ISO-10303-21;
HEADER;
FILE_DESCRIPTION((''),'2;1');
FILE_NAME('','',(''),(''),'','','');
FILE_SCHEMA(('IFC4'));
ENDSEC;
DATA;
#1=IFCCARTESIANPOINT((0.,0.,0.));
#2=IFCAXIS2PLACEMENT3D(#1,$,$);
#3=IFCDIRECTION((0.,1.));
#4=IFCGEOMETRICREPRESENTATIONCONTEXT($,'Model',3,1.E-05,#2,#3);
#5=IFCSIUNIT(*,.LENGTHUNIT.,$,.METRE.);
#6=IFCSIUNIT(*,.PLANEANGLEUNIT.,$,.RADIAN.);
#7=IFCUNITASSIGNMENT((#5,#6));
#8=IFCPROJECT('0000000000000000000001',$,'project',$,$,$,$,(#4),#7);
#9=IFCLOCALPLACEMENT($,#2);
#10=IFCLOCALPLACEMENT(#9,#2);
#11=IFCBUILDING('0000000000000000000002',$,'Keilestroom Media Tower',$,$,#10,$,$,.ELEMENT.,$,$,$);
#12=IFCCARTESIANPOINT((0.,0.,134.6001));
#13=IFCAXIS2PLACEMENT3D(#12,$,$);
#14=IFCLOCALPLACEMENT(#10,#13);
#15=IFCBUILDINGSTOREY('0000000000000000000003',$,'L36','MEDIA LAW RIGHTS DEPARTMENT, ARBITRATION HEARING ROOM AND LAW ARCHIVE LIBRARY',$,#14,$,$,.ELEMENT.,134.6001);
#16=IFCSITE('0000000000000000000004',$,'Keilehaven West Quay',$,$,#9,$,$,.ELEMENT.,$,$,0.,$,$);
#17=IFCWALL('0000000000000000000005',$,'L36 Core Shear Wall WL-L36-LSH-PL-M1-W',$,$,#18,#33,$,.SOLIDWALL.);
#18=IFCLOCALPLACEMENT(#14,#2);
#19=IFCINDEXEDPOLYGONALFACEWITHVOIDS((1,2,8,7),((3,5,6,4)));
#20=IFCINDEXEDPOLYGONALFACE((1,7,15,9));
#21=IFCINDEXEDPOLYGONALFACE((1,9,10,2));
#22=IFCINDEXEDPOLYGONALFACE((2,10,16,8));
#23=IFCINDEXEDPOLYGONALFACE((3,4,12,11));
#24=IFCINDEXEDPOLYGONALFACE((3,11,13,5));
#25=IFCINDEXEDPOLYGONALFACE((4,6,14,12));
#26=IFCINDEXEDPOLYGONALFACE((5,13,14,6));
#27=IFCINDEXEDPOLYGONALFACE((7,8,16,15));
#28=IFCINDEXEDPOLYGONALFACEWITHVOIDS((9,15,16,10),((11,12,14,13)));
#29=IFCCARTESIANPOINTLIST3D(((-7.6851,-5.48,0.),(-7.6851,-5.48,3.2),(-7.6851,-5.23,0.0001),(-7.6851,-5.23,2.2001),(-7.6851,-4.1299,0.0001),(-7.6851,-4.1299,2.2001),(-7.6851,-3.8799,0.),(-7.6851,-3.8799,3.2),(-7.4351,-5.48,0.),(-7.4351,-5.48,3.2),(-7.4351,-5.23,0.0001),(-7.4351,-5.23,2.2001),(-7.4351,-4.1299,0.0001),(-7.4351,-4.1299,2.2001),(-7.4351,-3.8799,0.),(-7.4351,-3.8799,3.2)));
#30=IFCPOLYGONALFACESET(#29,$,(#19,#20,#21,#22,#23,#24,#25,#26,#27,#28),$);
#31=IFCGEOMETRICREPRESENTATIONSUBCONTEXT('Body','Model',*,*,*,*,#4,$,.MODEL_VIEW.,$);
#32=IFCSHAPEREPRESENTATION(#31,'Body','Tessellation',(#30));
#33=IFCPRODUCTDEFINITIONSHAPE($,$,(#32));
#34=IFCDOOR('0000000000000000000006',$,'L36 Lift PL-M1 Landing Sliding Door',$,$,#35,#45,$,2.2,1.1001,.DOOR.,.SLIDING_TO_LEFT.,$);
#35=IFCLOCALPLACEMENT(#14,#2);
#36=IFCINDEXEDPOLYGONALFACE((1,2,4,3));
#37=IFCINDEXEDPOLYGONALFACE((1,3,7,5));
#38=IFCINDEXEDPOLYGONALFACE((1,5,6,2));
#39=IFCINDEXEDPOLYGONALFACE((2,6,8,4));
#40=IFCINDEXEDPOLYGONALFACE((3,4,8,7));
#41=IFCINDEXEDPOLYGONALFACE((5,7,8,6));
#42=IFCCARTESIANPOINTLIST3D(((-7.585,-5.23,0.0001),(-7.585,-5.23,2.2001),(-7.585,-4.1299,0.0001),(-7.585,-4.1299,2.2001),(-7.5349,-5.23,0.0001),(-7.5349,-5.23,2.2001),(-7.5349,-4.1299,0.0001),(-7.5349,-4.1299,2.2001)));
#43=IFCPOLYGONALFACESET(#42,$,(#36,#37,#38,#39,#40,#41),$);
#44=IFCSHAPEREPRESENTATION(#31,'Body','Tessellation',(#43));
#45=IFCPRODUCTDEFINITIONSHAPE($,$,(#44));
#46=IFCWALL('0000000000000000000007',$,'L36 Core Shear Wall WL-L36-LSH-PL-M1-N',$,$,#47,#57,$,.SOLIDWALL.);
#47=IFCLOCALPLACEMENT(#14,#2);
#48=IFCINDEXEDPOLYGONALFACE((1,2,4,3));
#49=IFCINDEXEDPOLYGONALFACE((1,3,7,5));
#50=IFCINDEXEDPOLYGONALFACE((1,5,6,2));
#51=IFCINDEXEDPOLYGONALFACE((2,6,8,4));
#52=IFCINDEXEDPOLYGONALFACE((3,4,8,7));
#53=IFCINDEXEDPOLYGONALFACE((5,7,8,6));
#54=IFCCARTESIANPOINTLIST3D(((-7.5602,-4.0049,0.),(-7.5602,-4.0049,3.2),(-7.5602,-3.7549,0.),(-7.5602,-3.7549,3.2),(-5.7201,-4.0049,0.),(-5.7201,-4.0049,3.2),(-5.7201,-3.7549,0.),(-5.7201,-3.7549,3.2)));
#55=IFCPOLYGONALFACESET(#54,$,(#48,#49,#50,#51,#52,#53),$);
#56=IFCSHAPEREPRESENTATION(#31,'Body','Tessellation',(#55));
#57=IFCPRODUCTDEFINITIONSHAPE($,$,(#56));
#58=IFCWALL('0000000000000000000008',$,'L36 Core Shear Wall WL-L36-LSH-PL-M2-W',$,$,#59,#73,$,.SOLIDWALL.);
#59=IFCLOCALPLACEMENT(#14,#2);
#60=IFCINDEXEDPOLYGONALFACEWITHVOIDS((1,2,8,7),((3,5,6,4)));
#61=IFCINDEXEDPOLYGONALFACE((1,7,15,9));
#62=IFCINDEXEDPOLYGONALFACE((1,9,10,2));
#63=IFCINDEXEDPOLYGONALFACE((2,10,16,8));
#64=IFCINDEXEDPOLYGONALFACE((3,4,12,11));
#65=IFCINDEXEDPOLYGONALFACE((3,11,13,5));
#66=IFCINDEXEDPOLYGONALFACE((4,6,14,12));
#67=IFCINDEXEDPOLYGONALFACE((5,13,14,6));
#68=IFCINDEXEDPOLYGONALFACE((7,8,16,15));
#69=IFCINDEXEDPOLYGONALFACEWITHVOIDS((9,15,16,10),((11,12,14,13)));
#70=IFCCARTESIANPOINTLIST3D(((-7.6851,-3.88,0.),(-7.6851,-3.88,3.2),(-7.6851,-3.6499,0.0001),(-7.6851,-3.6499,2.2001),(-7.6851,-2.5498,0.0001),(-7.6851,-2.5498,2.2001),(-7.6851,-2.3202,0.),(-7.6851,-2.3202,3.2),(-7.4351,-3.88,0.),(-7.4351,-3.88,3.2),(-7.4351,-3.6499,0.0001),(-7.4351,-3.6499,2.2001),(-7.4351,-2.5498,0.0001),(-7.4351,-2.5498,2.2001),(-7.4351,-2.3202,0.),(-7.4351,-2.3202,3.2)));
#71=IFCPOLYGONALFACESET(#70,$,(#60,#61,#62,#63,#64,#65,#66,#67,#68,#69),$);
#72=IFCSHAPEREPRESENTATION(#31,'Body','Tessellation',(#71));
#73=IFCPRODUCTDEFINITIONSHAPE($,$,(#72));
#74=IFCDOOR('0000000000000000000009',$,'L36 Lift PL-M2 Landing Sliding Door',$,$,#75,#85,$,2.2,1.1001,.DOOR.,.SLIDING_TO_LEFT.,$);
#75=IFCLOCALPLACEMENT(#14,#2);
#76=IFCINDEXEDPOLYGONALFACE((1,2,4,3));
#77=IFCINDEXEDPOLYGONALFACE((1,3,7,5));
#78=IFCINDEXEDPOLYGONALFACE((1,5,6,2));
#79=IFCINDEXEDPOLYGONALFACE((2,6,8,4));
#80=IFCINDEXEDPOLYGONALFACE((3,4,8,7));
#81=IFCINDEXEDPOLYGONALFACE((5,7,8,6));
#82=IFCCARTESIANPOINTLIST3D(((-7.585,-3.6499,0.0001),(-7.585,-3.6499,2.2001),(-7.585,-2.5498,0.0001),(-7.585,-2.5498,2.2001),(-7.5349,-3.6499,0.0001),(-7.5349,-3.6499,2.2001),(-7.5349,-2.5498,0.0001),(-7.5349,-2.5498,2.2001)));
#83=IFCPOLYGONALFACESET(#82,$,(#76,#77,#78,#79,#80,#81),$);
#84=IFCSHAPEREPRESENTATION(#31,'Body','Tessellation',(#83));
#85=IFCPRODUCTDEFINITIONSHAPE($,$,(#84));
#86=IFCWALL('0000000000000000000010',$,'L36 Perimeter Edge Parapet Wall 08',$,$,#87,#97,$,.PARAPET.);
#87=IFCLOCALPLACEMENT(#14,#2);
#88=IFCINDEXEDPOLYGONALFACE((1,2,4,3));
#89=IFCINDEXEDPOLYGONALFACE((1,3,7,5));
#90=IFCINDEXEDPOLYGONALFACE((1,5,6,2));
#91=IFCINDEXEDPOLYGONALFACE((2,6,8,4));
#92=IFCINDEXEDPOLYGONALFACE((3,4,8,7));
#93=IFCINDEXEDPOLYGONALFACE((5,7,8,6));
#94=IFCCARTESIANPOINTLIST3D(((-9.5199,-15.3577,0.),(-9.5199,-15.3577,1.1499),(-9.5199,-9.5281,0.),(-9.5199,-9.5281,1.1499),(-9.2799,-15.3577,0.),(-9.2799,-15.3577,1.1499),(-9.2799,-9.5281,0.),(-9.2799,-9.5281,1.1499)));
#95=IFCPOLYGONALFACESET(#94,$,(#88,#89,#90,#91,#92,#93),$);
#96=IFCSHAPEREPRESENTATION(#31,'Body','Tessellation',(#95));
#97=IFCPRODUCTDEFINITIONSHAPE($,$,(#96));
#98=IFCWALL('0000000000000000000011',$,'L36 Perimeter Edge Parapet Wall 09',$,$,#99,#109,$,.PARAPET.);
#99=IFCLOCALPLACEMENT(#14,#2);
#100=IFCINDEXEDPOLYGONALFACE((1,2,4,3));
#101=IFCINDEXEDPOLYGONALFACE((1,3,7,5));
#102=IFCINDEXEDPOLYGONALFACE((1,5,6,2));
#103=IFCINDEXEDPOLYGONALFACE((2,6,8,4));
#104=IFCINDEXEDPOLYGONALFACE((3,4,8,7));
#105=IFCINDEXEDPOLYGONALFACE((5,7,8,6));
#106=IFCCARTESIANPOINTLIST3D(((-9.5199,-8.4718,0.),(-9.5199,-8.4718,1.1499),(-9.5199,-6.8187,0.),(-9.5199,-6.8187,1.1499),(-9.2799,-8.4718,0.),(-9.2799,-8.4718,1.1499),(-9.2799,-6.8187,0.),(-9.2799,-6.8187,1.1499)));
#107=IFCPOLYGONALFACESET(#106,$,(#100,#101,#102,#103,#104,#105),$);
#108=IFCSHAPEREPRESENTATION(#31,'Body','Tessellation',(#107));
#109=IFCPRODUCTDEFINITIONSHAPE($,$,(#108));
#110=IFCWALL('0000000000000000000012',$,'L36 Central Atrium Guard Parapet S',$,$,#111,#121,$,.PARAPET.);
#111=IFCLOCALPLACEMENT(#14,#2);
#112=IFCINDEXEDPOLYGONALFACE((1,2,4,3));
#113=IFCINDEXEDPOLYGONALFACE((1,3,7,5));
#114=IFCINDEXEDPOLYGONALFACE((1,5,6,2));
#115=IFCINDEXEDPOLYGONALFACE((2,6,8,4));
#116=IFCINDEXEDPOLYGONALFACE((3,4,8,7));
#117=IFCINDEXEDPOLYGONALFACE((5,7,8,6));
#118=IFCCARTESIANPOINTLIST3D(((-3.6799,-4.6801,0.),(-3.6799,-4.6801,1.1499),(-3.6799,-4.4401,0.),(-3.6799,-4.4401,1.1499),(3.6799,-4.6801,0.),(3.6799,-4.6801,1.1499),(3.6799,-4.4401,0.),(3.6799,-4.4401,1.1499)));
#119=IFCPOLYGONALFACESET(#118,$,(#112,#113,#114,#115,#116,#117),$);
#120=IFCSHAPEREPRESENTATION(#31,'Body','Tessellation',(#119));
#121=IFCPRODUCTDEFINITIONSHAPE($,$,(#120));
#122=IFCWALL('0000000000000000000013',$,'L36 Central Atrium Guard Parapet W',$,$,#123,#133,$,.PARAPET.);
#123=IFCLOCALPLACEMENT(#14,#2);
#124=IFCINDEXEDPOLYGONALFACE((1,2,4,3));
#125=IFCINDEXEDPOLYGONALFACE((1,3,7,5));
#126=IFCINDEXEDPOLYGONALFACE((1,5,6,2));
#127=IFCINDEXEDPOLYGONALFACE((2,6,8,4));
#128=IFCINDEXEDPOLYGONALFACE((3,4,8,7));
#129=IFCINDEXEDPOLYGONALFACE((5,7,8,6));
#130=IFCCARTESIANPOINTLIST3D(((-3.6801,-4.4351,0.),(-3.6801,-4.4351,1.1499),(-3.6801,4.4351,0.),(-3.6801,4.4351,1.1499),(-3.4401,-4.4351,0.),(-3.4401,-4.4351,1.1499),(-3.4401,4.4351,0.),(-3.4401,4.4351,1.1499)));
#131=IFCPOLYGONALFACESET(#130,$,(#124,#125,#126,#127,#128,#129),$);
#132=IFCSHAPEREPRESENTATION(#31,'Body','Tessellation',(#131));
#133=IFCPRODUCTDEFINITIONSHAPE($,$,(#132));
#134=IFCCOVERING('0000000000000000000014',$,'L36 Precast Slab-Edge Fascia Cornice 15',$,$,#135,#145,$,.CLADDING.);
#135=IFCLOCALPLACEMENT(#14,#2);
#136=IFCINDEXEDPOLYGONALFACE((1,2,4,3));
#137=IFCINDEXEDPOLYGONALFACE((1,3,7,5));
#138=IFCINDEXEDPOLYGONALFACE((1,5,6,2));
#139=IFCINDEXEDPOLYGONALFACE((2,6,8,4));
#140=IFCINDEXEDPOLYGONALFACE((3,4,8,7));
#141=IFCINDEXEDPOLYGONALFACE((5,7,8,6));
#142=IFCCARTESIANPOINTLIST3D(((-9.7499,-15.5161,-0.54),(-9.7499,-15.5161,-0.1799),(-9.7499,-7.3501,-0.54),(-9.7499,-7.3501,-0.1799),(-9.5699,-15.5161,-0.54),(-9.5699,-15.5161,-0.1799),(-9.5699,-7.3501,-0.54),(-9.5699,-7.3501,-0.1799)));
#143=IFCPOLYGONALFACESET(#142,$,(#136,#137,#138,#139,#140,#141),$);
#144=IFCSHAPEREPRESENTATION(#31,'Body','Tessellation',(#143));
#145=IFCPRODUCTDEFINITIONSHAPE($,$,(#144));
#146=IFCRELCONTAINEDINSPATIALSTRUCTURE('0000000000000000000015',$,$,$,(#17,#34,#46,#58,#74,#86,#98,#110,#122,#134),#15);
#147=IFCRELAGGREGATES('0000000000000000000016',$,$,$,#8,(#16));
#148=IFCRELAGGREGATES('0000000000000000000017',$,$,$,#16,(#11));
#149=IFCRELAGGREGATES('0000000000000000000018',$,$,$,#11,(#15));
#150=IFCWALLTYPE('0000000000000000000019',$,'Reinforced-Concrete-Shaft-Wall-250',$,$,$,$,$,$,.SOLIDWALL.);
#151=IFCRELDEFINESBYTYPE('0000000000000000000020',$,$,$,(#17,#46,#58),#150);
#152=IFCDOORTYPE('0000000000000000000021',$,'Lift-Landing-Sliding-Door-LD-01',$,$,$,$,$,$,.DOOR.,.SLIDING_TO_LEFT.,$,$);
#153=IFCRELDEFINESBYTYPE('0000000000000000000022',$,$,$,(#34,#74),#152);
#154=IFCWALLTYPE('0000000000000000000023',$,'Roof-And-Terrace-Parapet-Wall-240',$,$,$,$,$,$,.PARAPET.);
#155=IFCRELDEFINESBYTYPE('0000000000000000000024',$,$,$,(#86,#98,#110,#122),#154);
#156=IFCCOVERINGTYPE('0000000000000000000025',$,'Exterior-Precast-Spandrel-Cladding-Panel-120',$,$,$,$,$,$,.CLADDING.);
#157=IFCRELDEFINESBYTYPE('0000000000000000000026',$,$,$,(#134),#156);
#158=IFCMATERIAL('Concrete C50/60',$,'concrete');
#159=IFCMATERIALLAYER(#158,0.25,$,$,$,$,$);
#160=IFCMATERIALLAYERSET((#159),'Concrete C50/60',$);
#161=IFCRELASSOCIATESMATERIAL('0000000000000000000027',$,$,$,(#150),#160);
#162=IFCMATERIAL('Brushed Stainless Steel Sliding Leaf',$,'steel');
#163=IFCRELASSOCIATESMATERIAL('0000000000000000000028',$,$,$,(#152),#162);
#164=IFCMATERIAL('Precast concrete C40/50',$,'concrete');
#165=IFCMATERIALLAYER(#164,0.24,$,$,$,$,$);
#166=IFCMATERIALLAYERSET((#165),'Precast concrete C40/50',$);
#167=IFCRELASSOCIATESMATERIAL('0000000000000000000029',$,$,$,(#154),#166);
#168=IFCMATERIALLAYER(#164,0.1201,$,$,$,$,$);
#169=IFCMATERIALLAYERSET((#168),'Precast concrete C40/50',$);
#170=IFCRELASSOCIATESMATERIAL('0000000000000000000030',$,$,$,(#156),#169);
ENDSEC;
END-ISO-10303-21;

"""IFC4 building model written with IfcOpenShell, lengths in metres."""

from ifc_helpers import new_model, si_unit, direction, frame, frame_2d, origin, origin_2d, place, context, subcontext, project, spatial, rectangle, extrude, source, transform, mapped, material, layer, layer_set, type_object, element, fill, save


model = new_model("IFC4")

# Units and contexts
model_context = context("Model", 3, precision=1e-05, world=origin(), true_north=direction((0.0, 1.0)))
body_context = subcontext(model_context, "Body", "Model", "MODEL_VIEW")
ifc_project = project(units=[si_unit("LENGTHUNIT", "METRE"), si_unit("PLANEANGLEUNIT", "RADIAN")], contexts=[model_context])

# Site, building, storey
site_placement = place(None, origin())
site = spatial("IfcSite", under=ifc_project, at=site_placement, Name="Keilehaven West Quay", CompositionType="ELEMENT", RefElevation=0.0)
building_placement = place(site_placement, origin())
building = spatial("IfcBuilding", under=site, at=building_placement, Name="Keilestroom Media Tower", CompositionType="ELEMENT")
storey_placement = place(building_placement, frame((0.0, 0.0, 134.6001)))
storey = spatial("IfcBuildingStorey", under=building, at=storey_placement, Name="L36", Description="MEDIA LAW RIGHTS DEPARTMENT, ARBITRATION HEARING ROOM AND LAW ARCHIVE LIBRARY", CompositionType="ELEMENT", Elevation=134.6001)

# Shared definitions
ifc_material_1 = material(Name="Precast concrete C40/50", Category="concrete")

# Shared definitions
ifc_material_2 = material(Name="Concrete C50/60", Category="concrete")
ifc_layer_1 = layer(ifc_material_2, 0.25)
ifc_layer_set_1 = layer_set([ifc_layer_1], Name="Concrete C50/60")
wall_type_1 = type_object("IfcWallType", Name="Reinforced-Concrete-Shaft-Wall-250", PredefinedType="SOLIDWALL", material=ifc_layer_set_1)

# Wall, opening, door
ifc_material_3 = material(Name="Brushed Stainless Steel Sliding Leaf", Category="steel")
wall_1_placement = place(storey_placement, frame((-7.5601, -5.48, 0.0), z_axis=(0.0, 0.0, 1.0), x_axis=(0.0, 1.0, 0.0)))
wall_1 = element("IfcWall", 1, at=wall_1_placement, inside=storey, type_object=wall_type_1, Name="L36 Core Shear Wall WL-L36-LSH-PL-M1-W", PredefinedType="SOLIDWALL", context=body_context, shape_type="SweptSolid", body=[
    extrude(rectangle(XDim=1.6001, YDim=0.25, at=frame_2d((0.8, 0.0))), origin(), (0.0, 0.0, 1.0), 3.2),
])
opening_1_placement = place(wall_1_placement, frame((0.25, 0.0, 0.0)))
opening_1 = element("IfcOpeningElement", 2, at=opening_1_placement, cuts=wall_1, PredefinedType="OPENING", context=body_context, shape_type="SweptSolid", body=[
    extrude(rectangle(XDim=1.1001, YDim=2.2, at=frame_2d((0.55, 1.1001))), frame((0.0, 0.135, 0.0), z_axis=(0.0, -1.0, 0.0), x_axis=(1.0, 0.0, 0.0)), (0.0, 0.0, 1.0), 0.27),
])
door_type_1 = type_object("IfcDoorType", Name="Lift-Landing-Sliding-Door-LD-01", OperationType="SLIDING_TO_LEFT", PredefinedType="DOOR", material=ifc_material_3)
shared_shape_1 = source(origin(), body_context, "Body", "SweptSolid", [
    extrude(rectangle(XDim=1.1001, YDim=2.2, at=frame_2d((0.55, 1.1001))), frame((0.0, 0.0249, 0.0), z_axis=(0.0, -1.0, 0.0), x_axis=(1.0, 0.0, 0.0)), (0.0, 0.0, 1.0), 0.05),
])
door_1_placement = place(opening_1_placement, origin())
door_1 = element("IfcDoor", 3, at=door_1_placement, inside=storey, type_object=door_type_1, Name="L36 Lift PL-M1 Landing Sliding Door", OperationType="SLIDING_TO_LEFT", OverallHeight=2.2, OverallWidth=1.1001, PredefinedType="DOOR", context=body_context, shape_type="MappedRepresentation", body=[
    mapped(shared_shape_1, transform((0.0, 0.0, 0.0), x_axis=(1.0, 0.0, 0.0), y_axis=(0.0, 1.0, 0.0), z_axis=(0.0, 0.0, 1.0), scale=1.0)),
])
fill(opening_1, door_1)

# Wall
wall_2_placement = place(storey_placement, frame((-7.5601, -3.8799, 0.0), z_axis=(0.0, 0.0, 1.0), x_axis=(1.0, 0.0, 0.0)))
element("IfcWall", 4, at=wall_2_placement, inside=storey, type_object=wall_type_1, Name="L36 Core Shear Wall WL-L36-LSH-PL-M1-N", PredefinedType="SOLIDWALL", context=body_context, shape_type="SweptSolid", body=[
    extrude(rectangle(XDim=1.8401, YDim=0.25, at=frame_2d((0.9199, 0.0))), origin(), (0.0, 0.0, 1.0), 3.2),
])

# Wall, opening, door
wall_3_placement = place(storey_placement, frame((-7.5601, -3.8799, 0.0), z_axis=(0.0, 0.0, 1.0), x_axis=(0.0, 1.0, 0.0)))
wall_3 = element("IfcWall", 5, at=wall_3_placement, inside=storey, type_object=wall_type_1, Name="L36 Core Shear Wall WL-L36-LSH-PL-M2-W", PredefinedType="SOLIDWALL", context=body_context, shape_type="SweptSolid", body=[
    extrude(rectangle(XDim=1.5598, YDim=0.25, at=frame_2d((0.7798, 0.0))), origin(), (0.0, 0.0, 1.0), 3.2),
])
opening_2_placement = place(wall_3_placement, frame((0.23, 0.0, 0.0)))
opening_2 = element("IfcOpeningElement", 6, at=opening_2_placement, cuts=wall_3, PredefinedType="OPENING", context=body_context, shape_type="SweptSolid", body=[
    extrude(rectangle(XDim=1.1001, YDim=2.2, at=frame_2d((0.55, 1.1001))), frame((0.0, 0.135, 0.0), z_axis=(0.0, -1.0, 0.0), x_axis=(1.0, 0.0, 0.0)), (0.0, 0.0, 1.0), 0.27),
])
door_2_placement = place(opening_2_placement, origin())
door_2 = element("IfcDoor", 7, at=door_2_placement, inside=storey, type_object=door_type_1, Name="L36 Lift PL-M2 Landing Sliding Door", OperationType="SLIDING_TO_LEFT", OverallHeight=2.2, OverallWidth=1.1001, PredefinedType="DOOR", context=body_context, shape_type="MappedRepresentation", body=[
    mapped(shared_shape_1, transform((0.0, 0.0, 0.0), x_axis=(1.0, 0.0, 0.0), y_axis=(0.0, 1.0, 0.0), z_axis=(0.0, 0.0, 1.0), scale=1.0)),
])
fill(opening_2, door_2)

# Walls
ifc_layer_2 = layer(ifc_material_1, 0.24)
ifc_layer_set_2 = layer_set([ifc_layer_2], Name="Precast concrete C40/50")
wall_type_2 = type_object("IfcWallType", Name="Roof-And-Terrace-Parapet-Wall-240", PredefinedType="PARAPET", material=ifc_layer_set_2)
wall_4_placement = place(storey_placement, frame((-9.3999, -15.3577, 0.0), z_axis=(0.0, 0.0, 1.0), x_axis=(0.0, 1.0, 0.0)))
element("IfcWall", 8, at=wall_4_placement, inside=storey, type_object=wall_type_2, Name="L36 Perimeter Edge Parapet Wall 08", PredefinedType="PARAPET", context=body_context, shape_type="SweptSolid", body=[
    extrude(rectangle(XDim=5.8296, YDim=0.24, at=frame_2d((2.9148, 0.0))), origin(), (0.0, 0.0, 1.0), 1.1499),
])
wall_5_placement = place(storey_placement, frame((-9.3999, -8.4719, 0.0), z_axis=(0.0, 0.0, 1.0), x_axis=(0.0, 1.0, 0.0)))
element("IfcWall", 9, at=wall_5_placement, inside=storey, type_object=wall_type_2, Name="L36 Perimeter Edge Parapet Wall 09", PredefinedType="PARAPET", context=body_context, shape_type="SweptSolid", body=[
    extrude(rectangle(XDim=1.6531, YDim=0.24, at=frame_2d((0.8267, 0.0))), origin(), (0.0, 0.0, 1.0), 1.1499),
])
wall_6_placement = place(storey_placement, frame((-3.6799, -4.5601, 0.0), z_axis=(0.0, 0.0, 1.0), x_axis=(1.0, 0.0, 0.0)))
element("IfcWall", 10, at=wall_6_placement, inside=storey, type_object=wall_type_2, Name="L36 Central Atrium Guard Parapet S", PredefinedType="PARAPET", context=body_context, shape_type="SweptSolid", body=[
    extrude(rectangle(XDim=7.3599, YDim=0.24, at=frame_2d((3.6799, 0.0))), origin(), (0.0, 0.0, 1.0), 1.1499),
])
wall_7_placement = place(storey_placement, frame((-3.5601, -4.4351, 0.0), z_axis=(0.0, 0.0, 1.0), x_axis=(0.0, 1.0, 0.0)))
element("IfcWall", 11, at=wall_7_placement, inside=storey, type_object=wall_type_2, Name="L36 Central Atrium Guard Parapet W", PredefinedType="PARAPET", context=body_context, shape_type="SweptSolid", body=[
    extrude(rectangle(XDim=8.8701, YDim=0.24, at=frame_2d((4.4351, 0.0))), origin(), (0.0, 0.0, 1.0), 1.1499),
])

# Covering
ifc_layer_3 = layer(ifc_material_1, 0.1201)
ifc_layer_set_3 = layer_set([ifc_layer_3], Name="Precast concrete C40/50")
covering_type = type_object("IfcCoveringType", Name="Exterior-Precast-Spandrel-Cladding-Panel-120", PredefinedType="CLADDING", material=ifc_layer_set_3)
shared_shape_2 = source(origin(), body_context, "Body", "SweptSolid", [
    extrude(rectangle(XDim=8.166, YDim=0.1799, at=origin_2d()), origin(), (0.0, 0.0, 1.0), 0.3601),
])
covering_placement = place(storey_placement, frame((-9.6599, -11.4331, -0.54), z_axis=(0.0, 0.0, 1.0), x_axis=(0.0, 1.0, 0.0)))
element("IfcCovering", 12, at=covering_placement, inside=storey, type_object=covering_type, Name="L36 Precast Slab-Edge Fascia Cornice 15", PredefinedType="CLADDING", context=body_context, shape_type="MappedRepresentation", body=[
    mapped(shared_shape_2, transform((0.0, 0.0, 0.0), x_axis=(1.0, 0.0, 0.0), y_axis=(0.0, 1.0, 0.0), z_axis=(0.0, 0.0, 1.0), scale=1.0)),
])

save(model, "model.ifc")
